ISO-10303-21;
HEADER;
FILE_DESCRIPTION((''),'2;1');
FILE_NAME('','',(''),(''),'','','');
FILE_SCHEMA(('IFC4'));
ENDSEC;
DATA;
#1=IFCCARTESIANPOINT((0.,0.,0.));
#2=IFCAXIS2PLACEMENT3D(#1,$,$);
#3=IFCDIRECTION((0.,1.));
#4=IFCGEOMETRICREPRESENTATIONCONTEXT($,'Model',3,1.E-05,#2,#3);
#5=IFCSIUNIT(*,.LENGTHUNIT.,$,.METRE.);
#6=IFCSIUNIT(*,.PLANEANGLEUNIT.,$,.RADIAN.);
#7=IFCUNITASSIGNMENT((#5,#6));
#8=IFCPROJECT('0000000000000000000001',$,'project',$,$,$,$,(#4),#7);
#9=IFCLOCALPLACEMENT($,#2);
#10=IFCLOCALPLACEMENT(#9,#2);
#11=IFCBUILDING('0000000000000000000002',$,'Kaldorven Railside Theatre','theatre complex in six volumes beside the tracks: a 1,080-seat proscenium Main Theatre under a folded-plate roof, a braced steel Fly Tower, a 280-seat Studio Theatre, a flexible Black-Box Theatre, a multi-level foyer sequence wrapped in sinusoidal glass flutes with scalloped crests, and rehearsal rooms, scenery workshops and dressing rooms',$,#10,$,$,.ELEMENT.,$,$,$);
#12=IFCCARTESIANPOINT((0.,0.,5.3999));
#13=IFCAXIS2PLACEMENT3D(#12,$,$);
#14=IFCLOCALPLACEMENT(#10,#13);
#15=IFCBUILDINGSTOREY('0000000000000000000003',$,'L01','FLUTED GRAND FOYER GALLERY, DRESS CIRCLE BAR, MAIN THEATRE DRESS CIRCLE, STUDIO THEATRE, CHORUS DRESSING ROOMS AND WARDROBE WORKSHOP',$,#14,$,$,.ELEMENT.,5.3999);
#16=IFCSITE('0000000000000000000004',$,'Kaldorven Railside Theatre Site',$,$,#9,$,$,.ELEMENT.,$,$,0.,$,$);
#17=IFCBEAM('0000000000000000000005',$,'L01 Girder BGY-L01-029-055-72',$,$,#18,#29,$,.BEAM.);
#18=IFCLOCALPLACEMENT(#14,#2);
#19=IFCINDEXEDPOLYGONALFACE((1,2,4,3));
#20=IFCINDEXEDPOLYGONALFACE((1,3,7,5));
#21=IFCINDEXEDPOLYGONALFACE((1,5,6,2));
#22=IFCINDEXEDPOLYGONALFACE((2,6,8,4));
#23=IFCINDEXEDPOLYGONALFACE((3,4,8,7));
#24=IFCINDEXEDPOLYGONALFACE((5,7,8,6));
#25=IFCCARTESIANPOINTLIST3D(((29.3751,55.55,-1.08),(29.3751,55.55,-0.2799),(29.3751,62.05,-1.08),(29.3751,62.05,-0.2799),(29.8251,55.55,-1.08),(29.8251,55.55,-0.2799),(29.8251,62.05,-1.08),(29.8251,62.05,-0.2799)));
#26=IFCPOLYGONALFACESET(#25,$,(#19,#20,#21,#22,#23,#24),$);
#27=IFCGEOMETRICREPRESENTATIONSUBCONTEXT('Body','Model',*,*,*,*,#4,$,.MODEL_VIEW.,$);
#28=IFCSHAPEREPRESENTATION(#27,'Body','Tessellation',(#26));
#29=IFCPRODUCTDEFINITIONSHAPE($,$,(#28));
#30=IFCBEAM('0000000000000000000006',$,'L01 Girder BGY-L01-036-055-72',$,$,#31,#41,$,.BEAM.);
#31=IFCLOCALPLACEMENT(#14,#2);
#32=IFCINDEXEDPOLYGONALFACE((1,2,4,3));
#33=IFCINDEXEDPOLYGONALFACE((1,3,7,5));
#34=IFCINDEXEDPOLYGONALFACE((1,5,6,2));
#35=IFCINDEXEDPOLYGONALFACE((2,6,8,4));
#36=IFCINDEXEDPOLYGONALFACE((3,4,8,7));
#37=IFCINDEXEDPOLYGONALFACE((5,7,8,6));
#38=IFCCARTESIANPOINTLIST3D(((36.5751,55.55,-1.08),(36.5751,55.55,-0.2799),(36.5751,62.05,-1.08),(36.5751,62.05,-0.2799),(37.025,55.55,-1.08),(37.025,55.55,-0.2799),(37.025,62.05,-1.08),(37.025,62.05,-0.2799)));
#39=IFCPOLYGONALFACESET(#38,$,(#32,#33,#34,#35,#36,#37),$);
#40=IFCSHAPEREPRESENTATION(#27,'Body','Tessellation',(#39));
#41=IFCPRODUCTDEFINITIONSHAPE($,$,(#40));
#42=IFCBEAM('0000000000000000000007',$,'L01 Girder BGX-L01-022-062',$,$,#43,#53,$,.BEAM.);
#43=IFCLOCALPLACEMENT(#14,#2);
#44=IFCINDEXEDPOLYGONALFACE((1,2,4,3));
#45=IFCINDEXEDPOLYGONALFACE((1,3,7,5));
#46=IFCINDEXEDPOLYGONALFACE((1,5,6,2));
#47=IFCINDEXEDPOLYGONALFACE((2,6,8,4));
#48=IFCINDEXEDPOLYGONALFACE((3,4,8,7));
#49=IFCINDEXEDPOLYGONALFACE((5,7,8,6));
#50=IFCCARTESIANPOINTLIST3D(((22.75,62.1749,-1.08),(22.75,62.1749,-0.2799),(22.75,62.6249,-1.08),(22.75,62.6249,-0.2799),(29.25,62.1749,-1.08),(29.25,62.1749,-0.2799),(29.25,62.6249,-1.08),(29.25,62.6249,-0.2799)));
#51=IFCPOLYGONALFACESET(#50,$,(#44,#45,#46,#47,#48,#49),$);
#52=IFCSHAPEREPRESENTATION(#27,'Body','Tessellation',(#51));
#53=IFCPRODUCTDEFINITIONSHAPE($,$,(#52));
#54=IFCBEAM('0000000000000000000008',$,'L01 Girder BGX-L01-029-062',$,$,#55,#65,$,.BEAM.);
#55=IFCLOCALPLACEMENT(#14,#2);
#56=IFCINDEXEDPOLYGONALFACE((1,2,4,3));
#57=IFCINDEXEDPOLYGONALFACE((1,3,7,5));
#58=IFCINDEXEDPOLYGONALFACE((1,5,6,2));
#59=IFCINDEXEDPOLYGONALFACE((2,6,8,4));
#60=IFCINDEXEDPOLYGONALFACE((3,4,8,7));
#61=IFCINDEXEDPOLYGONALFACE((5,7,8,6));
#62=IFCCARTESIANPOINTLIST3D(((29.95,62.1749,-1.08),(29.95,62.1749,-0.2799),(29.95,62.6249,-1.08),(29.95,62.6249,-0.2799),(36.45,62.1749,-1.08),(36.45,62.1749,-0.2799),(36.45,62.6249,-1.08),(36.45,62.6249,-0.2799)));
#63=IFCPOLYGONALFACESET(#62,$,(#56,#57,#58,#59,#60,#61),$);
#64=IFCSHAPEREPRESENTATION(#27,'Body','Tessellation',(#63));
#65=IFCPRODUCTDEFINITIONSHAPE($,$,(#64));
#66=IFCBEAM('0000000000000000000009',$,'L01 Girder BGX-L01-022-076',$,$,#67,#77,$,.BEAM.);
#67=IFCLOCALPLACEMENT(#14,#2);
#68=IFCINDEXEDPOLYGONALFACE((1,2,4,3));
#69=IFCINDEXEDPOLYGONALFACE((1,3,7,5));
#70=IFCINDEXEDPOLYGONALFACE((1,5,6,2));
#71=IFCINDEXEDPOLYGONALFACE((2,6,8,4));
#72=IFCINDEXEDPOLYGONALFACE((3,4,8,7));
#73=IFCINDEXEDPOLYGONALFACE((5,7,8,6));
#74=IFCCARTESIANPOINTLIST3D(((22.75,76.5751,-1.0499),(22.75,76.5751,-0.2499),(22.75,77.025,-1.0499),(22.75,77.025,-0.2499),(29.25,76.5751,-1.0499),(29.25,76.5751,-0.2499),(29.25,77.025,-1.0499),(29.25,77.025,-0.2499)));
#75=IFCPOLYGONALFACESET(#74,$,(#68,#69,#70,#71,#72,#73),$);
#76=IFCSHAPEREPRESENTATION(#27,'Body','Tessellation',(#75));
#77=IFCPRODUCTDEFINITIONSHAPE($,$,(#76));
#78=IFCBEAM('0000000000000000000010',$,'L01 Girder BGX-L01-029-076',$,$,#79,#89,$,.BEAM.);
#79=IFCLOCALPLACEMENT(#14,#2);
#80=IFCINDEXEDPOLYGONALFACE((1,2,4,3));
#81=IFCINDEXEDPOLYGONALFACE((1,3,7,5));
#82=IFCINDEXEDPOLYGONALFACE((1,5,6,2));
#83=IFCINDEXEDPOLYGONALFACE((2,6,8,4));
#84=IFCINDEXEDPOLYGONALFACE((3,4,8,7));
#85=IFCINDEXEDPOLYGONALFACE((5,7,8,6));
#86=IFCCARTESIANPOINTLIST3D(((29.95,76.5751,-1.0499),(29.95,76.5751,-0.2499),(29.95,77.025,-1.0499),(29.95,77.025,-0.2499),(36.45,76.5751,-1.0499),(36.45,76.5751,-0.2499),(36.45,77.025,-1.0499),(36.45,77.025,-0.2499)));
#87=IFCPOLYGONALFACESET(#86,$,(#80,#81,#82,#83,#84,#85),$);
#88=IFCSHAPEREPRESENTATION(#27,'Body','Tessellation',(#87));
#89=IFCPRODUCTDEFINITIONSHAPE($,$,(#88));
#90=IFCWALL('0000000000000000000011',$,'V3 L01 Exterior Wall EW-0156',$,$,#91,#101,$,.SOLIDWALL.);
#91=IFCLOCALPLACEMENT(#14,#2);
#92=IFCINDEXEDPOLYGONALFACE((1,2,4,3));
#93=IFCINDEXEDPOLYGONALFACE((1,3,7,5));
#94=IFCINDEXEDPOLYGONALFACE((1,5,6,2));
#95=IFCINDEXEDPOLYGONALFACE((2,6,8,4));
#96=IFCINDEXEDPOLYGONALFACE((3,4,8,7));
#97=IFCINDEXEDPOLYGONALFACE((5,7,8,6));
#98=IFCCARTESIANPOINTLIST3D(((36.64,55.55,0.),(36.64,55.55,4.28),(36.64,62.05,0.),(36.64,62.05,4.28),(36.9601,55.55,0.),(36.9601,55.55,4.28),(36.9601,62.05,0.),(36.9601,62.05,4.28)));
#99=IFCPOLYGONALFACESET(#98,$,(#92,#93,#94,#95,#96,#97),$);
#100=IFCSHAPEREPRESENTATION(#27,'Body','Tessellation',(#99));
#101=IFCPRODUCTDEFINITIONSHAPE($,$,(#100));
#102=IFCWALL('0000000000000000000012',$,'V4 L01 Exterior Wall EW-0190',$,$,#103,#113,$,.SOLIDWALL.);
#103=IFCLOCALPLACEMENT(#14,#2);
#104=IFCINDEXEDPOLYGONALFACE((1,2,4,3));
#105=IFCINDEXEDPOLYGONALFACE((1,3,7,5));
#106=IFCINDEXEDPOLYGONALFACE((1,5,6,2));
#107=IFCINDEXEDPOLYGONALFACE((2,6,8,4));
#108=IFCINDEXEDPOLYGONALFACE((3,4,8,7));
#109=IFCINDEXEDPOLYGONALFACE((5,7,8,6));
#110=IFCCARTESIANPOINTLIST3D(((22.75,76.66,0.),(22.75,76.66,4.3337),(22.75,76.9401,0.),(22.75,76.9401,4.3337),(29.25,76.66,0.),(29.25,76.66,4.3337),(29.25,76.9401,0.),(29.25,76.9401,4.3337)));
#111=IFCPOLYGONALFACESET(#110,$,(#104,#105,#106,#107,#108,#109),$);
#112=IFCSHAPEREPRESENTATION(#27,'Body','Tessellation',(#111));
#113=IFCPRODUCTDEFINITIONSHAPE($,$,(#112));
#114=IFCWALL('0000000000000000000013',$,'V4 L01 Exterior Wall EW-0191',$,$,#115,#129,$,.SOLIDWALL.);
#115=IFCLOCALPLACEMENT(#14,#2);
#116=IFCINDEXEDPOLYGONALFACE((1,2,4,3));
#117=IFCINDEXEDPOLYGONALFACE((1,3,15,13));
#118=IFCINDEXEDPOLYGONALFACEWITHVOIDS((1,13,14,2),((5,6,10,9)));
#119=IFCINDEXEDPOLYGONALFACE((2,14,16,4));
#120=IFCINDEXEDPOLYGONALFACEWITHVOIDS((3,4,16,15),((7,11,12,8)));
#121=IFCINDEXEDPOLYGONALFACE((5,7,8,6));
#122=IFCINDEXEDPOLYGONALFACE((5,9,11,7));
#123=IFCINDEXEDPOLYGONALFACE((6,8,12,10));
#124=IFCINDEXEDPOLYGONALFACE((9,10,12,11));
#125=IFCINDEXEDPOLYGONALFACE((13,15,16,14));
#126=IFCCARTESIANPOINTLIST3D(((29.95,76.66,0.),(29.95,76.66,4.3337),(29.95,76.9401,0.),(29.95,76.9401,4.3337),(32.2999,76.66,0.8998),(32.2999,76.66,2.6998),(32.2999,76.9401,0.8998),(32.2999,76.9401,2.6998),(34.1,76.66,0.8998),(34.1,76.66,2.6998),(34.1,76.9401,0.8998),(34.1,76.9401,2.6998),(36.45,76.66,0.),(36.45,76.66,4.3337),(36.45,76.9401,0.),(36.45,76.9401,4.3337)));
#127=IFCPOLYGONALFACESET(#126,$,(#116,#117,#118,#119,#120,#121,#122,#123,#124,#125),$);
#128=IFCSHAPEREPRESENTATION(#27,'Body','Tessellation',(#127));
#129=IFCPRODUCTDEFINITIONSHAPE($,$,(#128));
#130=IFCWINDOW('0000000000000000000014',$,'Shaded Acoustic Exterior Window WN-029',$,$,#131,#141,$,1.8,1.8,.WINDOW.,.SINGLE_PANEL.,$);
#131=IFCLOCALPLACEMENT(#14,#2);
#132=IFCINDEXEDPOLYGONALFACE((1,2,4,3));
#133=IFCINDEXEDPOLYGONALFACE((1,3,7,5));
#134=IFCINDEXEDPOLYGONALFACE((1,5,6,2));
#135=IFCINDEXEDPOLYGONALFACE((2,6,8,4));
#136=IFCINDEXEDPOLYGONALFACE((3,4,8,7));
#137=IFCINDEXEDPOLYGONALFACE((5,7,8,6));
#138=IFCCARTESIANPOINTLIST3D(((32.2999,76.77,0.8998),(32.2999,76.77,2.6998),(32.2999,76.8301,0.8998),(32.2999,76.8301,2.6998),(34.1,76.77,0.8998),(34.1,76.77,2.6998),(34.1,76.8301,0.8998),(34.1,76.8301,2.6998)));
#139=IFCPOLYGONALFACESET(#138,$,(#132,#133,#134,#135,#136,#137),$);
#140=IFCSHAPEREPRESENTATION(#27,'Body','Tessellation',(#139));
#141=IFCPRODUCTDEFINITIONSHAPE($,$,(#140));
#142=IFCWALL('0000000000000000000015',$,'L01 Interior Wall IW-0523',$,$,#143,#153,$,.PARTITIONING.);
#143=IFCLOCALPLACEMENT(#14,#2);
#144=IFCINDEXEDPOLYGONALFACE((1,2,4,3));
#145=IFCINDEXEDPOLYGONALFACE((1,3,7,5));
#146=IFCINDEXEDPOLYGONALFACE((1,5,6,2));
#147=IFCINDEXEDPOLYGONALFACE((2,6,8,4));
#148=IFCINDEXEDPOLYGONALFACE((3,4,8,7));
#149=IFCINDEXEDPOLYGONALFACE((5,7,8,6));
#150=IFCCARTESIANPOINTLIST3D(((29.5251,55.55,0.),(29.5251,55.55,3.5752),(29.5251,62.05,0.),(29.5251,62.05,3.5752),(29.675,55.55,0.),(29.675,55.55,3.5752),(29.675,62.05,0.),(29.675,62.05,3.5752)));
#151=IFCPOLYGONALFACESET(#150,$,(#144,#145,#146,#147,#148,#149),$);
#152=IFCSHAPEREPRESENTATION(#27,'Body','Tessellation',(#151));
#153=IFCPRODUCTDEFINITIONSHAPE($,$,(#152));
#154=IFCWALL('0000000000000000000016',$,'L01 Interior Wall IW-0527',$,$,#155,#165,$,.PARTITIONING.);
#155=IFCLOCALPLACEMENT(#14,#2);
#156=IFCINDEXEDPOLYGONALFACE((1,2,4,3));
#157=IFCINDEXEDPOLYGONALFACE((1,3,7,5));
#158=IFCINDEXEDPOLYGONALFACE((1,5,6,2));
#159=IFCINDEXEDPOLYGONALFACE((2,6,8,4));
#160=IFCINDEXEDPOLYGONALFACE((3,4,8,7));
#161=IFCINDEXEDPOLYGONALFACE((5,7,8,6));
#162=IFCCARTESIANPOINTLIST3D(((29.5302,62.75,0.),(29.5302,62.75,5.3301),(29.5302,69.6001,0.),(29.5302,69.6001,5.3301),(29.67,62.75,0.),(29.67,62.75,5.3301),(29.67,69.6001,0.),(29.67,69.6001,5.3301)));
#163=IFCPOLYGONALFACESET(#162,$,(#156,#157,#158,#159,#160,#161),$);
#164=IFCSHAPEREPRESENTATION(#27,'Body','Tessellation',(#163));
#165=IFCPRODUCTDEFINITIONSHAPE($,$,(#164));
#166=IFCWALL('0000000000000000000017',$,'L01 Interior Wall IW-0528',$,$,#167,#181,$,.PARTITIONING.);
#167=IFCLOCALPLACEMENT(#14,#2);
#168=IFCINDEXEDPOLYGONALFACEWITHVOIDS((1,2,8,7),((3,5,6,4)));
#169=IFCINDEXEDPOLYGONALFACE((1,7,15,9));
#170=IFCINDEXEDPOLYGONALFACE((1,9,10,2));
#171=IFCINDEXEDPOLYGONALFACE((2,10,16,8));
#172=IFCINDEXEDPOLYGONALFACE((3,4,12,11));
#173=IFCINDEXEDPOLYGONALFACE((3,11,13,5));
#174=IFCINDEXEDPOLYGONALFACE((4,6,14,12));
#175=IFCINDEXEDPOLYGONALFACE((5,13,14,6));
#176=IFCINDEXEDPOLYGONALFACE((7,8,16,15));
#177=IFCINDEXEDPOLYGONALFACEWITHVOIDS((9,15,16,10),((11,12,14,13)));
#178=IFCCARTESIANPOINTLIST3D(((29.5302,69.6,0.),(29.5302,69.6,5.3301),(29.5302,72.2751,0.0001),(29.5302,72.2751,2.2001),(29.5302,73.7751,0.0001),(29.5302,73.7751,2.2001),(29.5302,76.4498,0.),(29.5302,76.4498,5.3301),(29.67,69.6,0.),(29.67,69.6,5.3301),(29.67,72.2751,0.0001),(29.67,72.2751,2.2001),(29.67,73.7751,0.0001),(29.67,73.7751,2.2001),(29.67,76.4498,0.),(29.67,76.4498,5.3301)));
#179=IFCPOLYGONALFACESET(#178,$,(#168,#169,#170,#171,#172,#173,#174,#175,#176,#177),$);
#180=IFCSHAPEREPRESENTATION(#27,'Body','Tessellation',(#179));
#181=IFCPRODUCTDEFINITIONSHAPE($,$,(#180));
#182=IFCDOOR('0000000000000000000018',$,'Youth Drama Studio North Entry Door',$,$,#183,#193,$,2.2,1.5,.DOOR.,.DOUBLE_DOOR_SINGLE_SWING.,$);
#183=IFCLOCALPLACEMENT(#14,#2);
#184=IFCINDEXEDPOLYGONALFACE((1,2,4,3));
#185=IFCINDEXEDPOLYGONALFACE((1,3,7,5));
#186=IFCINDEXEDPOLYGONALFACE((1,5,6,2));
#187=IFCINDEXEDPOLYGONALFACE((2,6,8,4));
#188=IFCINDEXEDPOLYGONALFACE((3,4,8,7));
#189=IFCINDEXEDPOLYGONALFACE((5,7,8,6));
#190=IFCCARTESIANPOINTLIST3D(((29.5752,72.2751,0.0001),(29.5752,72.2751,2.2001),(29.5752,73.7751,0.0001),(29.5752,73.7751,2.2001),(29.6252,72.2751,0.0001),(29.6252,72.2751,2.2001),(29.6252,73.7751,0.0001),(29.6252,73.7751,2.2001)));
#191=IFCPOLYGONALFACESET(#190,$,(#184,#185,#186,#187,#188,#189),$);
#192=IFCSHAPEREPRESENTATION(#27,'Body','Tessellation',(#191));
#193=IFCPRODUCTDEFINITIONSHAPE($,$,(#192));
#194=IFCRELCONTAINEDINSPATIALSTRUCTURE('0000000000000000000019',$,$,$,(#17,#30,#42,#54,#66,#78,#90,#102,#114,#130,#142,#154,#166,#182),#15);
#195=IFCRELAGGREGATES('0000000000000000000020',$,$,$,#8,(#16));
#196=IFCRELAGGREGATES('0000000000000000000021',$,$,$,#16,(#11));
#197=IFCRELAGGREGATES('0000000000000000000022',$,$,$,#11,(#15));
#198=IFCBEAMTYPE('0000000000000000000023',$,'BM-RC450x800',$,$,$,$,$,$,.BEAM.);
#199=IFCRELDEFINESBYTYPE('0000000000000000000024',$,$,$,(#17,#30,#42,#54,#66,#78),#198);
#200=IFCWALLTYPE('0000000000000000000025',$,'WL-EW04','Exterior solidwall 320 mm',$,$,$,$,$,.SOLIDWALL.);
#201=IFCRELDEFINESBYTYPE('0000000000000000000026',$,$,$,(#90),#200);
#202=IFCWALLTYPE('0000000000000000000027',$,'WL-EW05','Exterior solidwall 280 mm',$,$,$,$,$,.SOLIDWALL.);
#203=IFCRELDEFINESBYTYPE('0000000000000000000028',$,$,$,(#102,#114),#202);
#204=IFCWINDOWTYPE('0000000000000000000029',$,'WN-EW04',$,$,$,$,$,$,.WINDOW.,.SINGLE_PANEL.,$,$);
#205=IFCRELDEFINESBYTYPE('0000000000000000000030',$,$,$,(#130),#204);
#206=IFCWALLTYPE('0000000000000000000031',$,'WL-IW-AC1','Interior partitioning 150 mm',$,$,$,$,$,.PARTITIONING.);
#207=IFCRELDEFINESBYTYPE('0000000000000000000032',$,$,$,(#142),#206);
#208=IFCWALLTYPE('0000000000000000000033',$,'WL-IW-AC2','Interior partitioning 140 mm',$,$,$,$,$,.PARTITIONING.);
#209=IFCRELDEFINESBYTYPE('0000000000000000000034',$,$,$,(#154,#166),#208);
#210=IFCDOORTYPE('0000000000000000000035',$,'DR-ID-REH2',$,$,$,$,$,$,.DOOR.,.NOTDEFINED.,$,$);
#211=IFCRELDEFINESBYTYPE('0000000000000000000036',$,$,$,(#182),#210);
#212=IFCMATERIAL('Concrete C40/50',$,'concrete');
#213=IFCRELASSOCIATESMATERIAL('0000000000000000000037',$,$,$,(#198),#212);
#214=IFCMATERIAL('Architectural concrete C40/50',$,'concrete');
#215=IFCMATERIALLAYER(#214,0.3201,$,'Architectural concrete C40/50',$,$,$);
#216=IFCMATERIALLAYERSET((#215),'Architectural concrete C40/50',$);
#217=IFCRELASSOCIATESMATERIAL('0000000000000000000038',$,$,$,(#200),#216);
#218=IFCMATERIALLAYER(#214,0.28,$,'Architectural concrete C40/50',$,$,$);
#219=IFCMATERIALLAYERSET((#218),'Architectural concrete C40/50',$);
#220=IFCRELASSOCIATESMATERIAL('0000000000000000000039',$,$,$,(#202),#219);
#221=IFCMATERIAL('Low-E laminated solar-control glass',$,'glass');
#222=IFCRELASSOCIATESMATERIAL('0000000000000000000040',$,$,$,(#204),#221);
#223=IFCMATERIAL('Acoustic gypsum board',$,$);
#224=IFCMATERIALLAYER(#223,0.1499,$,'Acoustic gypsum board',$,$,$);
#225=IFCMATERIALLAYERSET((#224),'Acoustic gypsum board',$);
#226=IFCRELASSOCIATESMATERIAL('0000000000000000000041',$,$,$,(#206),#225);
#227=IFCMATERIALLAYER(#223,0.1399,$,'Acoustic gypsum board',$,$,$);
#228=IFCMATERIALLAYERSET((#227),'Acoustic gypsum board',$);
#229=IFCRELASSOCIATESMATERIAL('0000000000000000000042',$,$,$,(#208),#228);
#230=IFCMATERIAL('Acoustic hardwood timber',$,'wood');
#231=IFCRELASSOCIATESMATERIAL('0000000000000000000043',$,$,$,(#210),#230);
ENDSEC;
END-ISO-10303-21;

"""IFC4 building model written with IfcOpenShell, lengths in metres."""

from ifc_helpers import new_model, si_unit, direction, frame, frame_2d, origin, origin_2d, place, context, subcontext, project, spatial, rectangle, extrude, material, layer, layer_set, material_profile, profile_set, type_object, element, fill, save


model = new_model("IFC4")

# Units and contexts
model_context = context("Model", 3, precision=1e-05, world=origin(), true_north=direction((0.0, 1.0)))
body_context = subcontext(model_context, "Body", "Model", "MODEL_VIEW")
ifc_project = project(units=[si_unit("LENGTHUNIT", "METRE"), si_unit("PLANEANGLEUNIT", "RADIAN")], contexts=[model_context])

# Site, building, storey
site_placement = place(None, origin())
site = spatial("IfcSite", under=ifc_project, at=site_placement, Name="Kaldorven Railside Theatre Site", CompositionType="ELEMENT", RefElevation=0.0)
building_placement = place(site_placement, origin())
building = spatial("IfcBuilding", under=site, at=building_placement, Name="Kaldorven Railside Theatre", Description="theatre complex in six volumes beside the tracks: a 1,080-seat proscenium Main Theatre under a folded-plate roof, a braced steel Fly Tower, a 280-seat Studio Theatre, a flexible Black-Box Theatre, a multi-level foyer sequence wrapped in sinusoidal glass flutes with scalloped crests, and rehearsal rooms, scenery workshops and dressing rooms", CompositionType="ELEMENT")
storey_placement = place(building_placement, frame((0.0, 0.0, 5.3999)))
storey = spatial("IfcBuildingStorey", under=building, at=storey_placement, Name="L01", Description="FLUTED GRAND FOYER GALLERY, DRESS CIRCLE BAR, MAIN THEATRE DRESS CIRCLE, STUDIO THEATRE, CHORUS DRESSING ROOMS AND WARDROBE WORKSHOP", CompositionType="ELEMENT", Elevation=5.3999)

# Shared definitions
ifc_material_1 = material(Name="Concrete C40/50", Category="concrete")

# Beams
ifc_material_profile_1 = material_profile(ifc_material_1, rectangle(XDim=0.45, YDim=0.8, at=origin_2d()), Name="RC 450x800")
ifc_profile_set_1 = profile_set([ifc_material_profile_1], Name="Concrete C40/50")
beam_type_1 = type_object("IfcBeamType", Name="BM-RC450x800", PredefinedType="BEAM", material=ifc_profile_set_1)
for number, where, z_axis, x_axis, name in (
    (1, (29.6001, 55.55, -0.6799), (0.0, 1.0, 0.0), (-1.0, 0.0, 0.0), "L01 Girder BGY-L01-029-055-72"),
    (2, (36.8, 55.55, -0.6799), (0.0, 1.0, 0.0), (-1.0, 0.0, 0.0), "L01 Girder BGY-L01-036-055-72"),
    (3, (22.75, 62.3999, -0.6799), (1.0, 0.0, 0.0), (0.0, 1.0, 0.0), "L01 Girder BGX-L01-022-062"),
    (4, (29.95, 62.3999, -0.6799), (1.0, 0.0, 0.0), (0.0, 1.0, 0.0), "L01 Girder BGX-L01-029-062"),
    (5, (22.75, 76.8, -0.6499), (1.0, 0.0, 0.0), (0.0, 1.0, 0.0), "L01 Girder BGX-L01-022-076"),
    (6, (29.95, 76.8, -0.6499), (1.0, 0.0, 0.0), (0.0, 1.0, 0.0), "L01 Girder BGX-L01-029-076"),
):
    element("IfcBeam", number, at=place(storey_placement, frame(where, z_axis=z_axis, x_axis=x_axis)), inside=storey, type_object=beam_type_1, Name=name, PredefinedType="BEAM", context=body_context, shape_type="SweptSolid", body=[
        extrude(rectangle(XDim=0.45, YDim=0.8, at=origin_2d()), origin(), (0.0, 0.0, 1.0), 6.5),
    ])

# Walls
ifc_material_2 = material(Name="Architectural concrete C40/50", Category="concrete")
ifc_layer_1 = layer(ifc_material_2, 0.3201, Name="Architectural concrete C40/50")
ifc_layer_set_1 = layer_set([ifc_layer_1], Name="Architectural concrete C40/50")
wall_type_1 = type_object("IfcWallType", Name="WL-EW04", Description="Exterior solidwall 320 mm", PredefinedType="SOLIDWALL", material=ifc_layer_set_1)
wall_1_placement = place(storey_placement, frame((36.8, 62.05, 0.0), z_axis=(0.0, 0.0, 1.0), x_axis=(0.0, -1.0, 0.0)))
element("IfcWall", 7, at=wall_1_placement, inside=storey, type_object=wall_type_1, Name="V3 L01 Exterior Wall EW-0156", PredefinedType="SOLIDWALL", context=body_context, shape_type="SweptSolid", body=[
    extrude(rectangle(XDim=6.5, YDim=0.3201, at=frame_2d((3.25, 0.0))), origin(), (0.0, 0.0, 1.0), 4.28),
])
ifc_layer_2 = layer(ifc_material_2, 0.28, Name="Architectural concrete C40/50")
ifc_layer_set_2 = layer_set([ifc_layer_2], Name="Architectural concrete C40/50")
wall_type_2 = type_object("IfcWallType", Name="WL-EW05", Description="Exterior solidwall 280 mm", PredefinedType="SOLIDWALL", material=ifc_layer_set_2)
wall_2_placement = place(storey_placement, frame((22.75, 76.8, 0.0), z_axis=(0.0, 0.0, 1.0), x_axis=(1.0, 0.0, 0.0)))
element("IfcWall", 8, at=wall_2_placement, inside=storey, type_object=wall_type_2, Name="V4 L01 Exterior Wall EW-0190", PredefinedType="SOLIDWALL", context=body_context, shape_type="SweptSolid", body=[
    extrude(rectangle(XDim=6.5, YDim=0.28, at=frame_2d((3.25, 0.0))), origin(), (0.0, 0.0, 1.0), 4.3337),
])

# Wall, opening, window
wall_3_placement = place(storey_placement, frame((29.95, 76.8, 0.0), z_axis=(0.0, 0.0, 1.0), x_axis=(1.0, 0.0, 0.0)))
wall_3 = element("IfcWall", 9, at=wall_3_placement, inside=storey, type_object=wall_type_2, Name="V4 L01 Exterior Wall EW-0191", PredefinedType="SOLIDWALL", context=body_context, shape_type="SweptSolid", body=[
    extrude(rectangle(XDim=6.5, YDim=0.28, at=frame_2d((3.25, 0.0))), origin(), (0.0, 0.0, 1.0), 4.3337),
])
opening_1_placement = place(wall_3_placement, frame((2.3501, 0.0, 0.8999)))
opening_1 = element("IfcOpeningElement", 10, at=opening_1_placement, cuts=wall_3, PredefinedType="OPENING", context=body_context, shape_type="SweptSolid", body=[
    extrude(rectangle(XDim=1.8, YDim=1.8, at=frame_2d((0.8999, 0.8999))), frame((0.0, 0.1499, 0.0), z_axis=(0.0, -1.0, 0.0), x_axis=(1.0, 0.0, 0.0)), (0.0, 0.0, 1.0), 0.3),
])
ifc_material_3 = material(Name="Low-E laminated solar-control glass", Category="glass")
window_type_1 = type_object("IfcWindowType", Name="WN-EW04", PartitioningType="SINGLE_PANEL", PredefinedType="WINDOW", material=ifc_material_3)
window_1_placement = place(opening_1_placement, origin())
window_1 = element("IfcWindow", 11, at=window_1_placement, inside=storey, type_object=window_type_1, Name="Shaded Acoustic Exterior Window WN-029", OverallHeight=1.8, OverallWidth=1.8, PartitioningType="SINGLE_PANEL", PredefinedType="WINDOW", context=body_context, shape_type="SweptSolid", body=[
    extrude(rectangle(XDim=1.8, YDim=1.8, at=frame_2d((0.8999, 0.8999))), frame((0.0, 0.03, 0.0), z_axis=(0.0, -1.0, 0.0), x_axis=(1.0, 0.0, 0.0)), (0.0, 0.0, 1.0), 0.0601),
])
fill(opening_1, window_1)

# Walls
ifc_material_4 = material(Name="Acoustic gypsum board")
ifc_layer_3 = layer(ifc_material_4, 0.1499, Name="Acoustic gypsum board")
ifc_layer_set_3 = layer_set([ifc_layer_3], Name="Acoustic gypsum board")
wall_type_3 = type_object("IfcWallType", Name="WL-IW-AC1", Description="Interior partitioning 150 mm", PredefinedType="PARTITIONING", material=ifc_layer_set_3)
wall_4_placement = place(storey_placement, frame((29.6001, 55.55, 0.0), z_axis=(0.0, 0.0, 1.0), x_axis=(0.0, 1.0, 0.0)))
element("IfcWall", 12, at=wall_4_placement, inside=storey, type_object=wall_type_3, Name="L01 Interior Wall IW-0523", PredefinedType="PARTITIONING", context=body_context, shape_type="SweptSolid", body=[
    extrude(rectangle(XDim=6.5, YDim=0.1499, at=frame_2d((3.25, 0.0))), origin(), (0.0, 0.0, 1.0), 3.5752),
])
ifc_layer_4 = layer(ifc_material_4, 0.1399, Name="Acoustic gypsum board")
ifc_layer_set_4 = layer_set([ifc_layer_4], Name="Acoustic gypsum board")
wall_type_4 = type_object("IfcWallType", Name="WL-IW-AC2", Description="Interior partitioning 140 mm", PredefinedType="PARTITIONING", material=ifc_layer_set_4)
wall_5_placement = place(storey_placement, frame((29.6001, 62.75, 0.0), z_axis=(0.0, 0.0, 1.0), x_axis=(0.0, 1.0, 0.0)))
element("IfcWall", 13, at=wall_5_placement, inside=storey, type_object=wall_type_4, Name="L01 Interior Wall IW-0527", PredefinedType="PARTITIONING", context=body_context, shape_type="SweptSolid", body=[
    extrude(rectangle(XDim=6.8501, YDim=0.1399, at=frame_2d((3.425, 0.0))), origin(), (0.0, 0.0, 1.0), 5.3301),
])

# Wall, opening, door
wall_6_placement = place(storey_placement, frame((29.6001, 69.6001, 0.0), z_axis=(0.0, 0.0, 1.0), x_axis=(0.0, 1.0, 0.0)))
wall_6 = element("IfcWall", 14, at=wall_6_placement, inside=storey, type_object=wall_type_4, Name="L01 Interior Wall IW-0528", PredefinedType="PARTITIONING", context=body_context, shape_type="SweptSolid", body=[
    extrude(rectangle(XDim=6.8499, YDim=0.1399, at=frame_2d((3.4248, 0.0))), origin(), (0.0, 0.0, 1.0), 5.3301),
])
opening_2_placement = place(wall_6_placement, frame((2.675, 0.0, 0.0)))
opening_2 = element("IfcOpeningElement", 15, at=opening_2_placement, cuts=wall_6, PredefinedType="OPENING", context=body_context, shape_type="SweptSolid", body=[
    extrude(rectangle(XDim=1.5, YDim=2.2, at=frame_2d((0.75, 1.1001))), frame((0.0, 0.0801, 0.0), z_axis=(0.0, -1.0, 0.0), x_axis=(1.0, 0.0, 0.0)), (0.0, 0.0, 1.0), 0.1599),
])
ifc_material_5 = material(Name="Acoustic hardwood timber", Category="wood")
door_type_1 = type_object("IfcDoorType", Name="DR-ID-REH2", OperationType="NOTDEFINED", PredefinedType="DOOR", material=ifc_material_5)
door_1_placement = place(opening_2_placement, origin())
door_1 = element("IfcDoor", 16, at=door_1_placement, inside=storey, type_object=door_type_1, Name="Youth Drama Studio North Entry Door", OperationType="DOUBLE_DOOR_SINGLE_SWING", OverallHeight=2.2, OverallWidth=1.5, PredefinedType="DOOR", context=body_context, shape_type="SweptSolid", body=[
    extrude(rectangle(XDim=1.5, YDim=2.2, at=frame_2d((0.75, 1.1001))), frame((0.0, 0.0249, 0.0), z_axis=(0.0, -1.0, 0.0), x_axis=(1.0, 0.0, 0.0)), (0.0, 0.0, 1.0), 0.05),
])
fill(opening_2, door_1)

save(model, "model.ifc")
